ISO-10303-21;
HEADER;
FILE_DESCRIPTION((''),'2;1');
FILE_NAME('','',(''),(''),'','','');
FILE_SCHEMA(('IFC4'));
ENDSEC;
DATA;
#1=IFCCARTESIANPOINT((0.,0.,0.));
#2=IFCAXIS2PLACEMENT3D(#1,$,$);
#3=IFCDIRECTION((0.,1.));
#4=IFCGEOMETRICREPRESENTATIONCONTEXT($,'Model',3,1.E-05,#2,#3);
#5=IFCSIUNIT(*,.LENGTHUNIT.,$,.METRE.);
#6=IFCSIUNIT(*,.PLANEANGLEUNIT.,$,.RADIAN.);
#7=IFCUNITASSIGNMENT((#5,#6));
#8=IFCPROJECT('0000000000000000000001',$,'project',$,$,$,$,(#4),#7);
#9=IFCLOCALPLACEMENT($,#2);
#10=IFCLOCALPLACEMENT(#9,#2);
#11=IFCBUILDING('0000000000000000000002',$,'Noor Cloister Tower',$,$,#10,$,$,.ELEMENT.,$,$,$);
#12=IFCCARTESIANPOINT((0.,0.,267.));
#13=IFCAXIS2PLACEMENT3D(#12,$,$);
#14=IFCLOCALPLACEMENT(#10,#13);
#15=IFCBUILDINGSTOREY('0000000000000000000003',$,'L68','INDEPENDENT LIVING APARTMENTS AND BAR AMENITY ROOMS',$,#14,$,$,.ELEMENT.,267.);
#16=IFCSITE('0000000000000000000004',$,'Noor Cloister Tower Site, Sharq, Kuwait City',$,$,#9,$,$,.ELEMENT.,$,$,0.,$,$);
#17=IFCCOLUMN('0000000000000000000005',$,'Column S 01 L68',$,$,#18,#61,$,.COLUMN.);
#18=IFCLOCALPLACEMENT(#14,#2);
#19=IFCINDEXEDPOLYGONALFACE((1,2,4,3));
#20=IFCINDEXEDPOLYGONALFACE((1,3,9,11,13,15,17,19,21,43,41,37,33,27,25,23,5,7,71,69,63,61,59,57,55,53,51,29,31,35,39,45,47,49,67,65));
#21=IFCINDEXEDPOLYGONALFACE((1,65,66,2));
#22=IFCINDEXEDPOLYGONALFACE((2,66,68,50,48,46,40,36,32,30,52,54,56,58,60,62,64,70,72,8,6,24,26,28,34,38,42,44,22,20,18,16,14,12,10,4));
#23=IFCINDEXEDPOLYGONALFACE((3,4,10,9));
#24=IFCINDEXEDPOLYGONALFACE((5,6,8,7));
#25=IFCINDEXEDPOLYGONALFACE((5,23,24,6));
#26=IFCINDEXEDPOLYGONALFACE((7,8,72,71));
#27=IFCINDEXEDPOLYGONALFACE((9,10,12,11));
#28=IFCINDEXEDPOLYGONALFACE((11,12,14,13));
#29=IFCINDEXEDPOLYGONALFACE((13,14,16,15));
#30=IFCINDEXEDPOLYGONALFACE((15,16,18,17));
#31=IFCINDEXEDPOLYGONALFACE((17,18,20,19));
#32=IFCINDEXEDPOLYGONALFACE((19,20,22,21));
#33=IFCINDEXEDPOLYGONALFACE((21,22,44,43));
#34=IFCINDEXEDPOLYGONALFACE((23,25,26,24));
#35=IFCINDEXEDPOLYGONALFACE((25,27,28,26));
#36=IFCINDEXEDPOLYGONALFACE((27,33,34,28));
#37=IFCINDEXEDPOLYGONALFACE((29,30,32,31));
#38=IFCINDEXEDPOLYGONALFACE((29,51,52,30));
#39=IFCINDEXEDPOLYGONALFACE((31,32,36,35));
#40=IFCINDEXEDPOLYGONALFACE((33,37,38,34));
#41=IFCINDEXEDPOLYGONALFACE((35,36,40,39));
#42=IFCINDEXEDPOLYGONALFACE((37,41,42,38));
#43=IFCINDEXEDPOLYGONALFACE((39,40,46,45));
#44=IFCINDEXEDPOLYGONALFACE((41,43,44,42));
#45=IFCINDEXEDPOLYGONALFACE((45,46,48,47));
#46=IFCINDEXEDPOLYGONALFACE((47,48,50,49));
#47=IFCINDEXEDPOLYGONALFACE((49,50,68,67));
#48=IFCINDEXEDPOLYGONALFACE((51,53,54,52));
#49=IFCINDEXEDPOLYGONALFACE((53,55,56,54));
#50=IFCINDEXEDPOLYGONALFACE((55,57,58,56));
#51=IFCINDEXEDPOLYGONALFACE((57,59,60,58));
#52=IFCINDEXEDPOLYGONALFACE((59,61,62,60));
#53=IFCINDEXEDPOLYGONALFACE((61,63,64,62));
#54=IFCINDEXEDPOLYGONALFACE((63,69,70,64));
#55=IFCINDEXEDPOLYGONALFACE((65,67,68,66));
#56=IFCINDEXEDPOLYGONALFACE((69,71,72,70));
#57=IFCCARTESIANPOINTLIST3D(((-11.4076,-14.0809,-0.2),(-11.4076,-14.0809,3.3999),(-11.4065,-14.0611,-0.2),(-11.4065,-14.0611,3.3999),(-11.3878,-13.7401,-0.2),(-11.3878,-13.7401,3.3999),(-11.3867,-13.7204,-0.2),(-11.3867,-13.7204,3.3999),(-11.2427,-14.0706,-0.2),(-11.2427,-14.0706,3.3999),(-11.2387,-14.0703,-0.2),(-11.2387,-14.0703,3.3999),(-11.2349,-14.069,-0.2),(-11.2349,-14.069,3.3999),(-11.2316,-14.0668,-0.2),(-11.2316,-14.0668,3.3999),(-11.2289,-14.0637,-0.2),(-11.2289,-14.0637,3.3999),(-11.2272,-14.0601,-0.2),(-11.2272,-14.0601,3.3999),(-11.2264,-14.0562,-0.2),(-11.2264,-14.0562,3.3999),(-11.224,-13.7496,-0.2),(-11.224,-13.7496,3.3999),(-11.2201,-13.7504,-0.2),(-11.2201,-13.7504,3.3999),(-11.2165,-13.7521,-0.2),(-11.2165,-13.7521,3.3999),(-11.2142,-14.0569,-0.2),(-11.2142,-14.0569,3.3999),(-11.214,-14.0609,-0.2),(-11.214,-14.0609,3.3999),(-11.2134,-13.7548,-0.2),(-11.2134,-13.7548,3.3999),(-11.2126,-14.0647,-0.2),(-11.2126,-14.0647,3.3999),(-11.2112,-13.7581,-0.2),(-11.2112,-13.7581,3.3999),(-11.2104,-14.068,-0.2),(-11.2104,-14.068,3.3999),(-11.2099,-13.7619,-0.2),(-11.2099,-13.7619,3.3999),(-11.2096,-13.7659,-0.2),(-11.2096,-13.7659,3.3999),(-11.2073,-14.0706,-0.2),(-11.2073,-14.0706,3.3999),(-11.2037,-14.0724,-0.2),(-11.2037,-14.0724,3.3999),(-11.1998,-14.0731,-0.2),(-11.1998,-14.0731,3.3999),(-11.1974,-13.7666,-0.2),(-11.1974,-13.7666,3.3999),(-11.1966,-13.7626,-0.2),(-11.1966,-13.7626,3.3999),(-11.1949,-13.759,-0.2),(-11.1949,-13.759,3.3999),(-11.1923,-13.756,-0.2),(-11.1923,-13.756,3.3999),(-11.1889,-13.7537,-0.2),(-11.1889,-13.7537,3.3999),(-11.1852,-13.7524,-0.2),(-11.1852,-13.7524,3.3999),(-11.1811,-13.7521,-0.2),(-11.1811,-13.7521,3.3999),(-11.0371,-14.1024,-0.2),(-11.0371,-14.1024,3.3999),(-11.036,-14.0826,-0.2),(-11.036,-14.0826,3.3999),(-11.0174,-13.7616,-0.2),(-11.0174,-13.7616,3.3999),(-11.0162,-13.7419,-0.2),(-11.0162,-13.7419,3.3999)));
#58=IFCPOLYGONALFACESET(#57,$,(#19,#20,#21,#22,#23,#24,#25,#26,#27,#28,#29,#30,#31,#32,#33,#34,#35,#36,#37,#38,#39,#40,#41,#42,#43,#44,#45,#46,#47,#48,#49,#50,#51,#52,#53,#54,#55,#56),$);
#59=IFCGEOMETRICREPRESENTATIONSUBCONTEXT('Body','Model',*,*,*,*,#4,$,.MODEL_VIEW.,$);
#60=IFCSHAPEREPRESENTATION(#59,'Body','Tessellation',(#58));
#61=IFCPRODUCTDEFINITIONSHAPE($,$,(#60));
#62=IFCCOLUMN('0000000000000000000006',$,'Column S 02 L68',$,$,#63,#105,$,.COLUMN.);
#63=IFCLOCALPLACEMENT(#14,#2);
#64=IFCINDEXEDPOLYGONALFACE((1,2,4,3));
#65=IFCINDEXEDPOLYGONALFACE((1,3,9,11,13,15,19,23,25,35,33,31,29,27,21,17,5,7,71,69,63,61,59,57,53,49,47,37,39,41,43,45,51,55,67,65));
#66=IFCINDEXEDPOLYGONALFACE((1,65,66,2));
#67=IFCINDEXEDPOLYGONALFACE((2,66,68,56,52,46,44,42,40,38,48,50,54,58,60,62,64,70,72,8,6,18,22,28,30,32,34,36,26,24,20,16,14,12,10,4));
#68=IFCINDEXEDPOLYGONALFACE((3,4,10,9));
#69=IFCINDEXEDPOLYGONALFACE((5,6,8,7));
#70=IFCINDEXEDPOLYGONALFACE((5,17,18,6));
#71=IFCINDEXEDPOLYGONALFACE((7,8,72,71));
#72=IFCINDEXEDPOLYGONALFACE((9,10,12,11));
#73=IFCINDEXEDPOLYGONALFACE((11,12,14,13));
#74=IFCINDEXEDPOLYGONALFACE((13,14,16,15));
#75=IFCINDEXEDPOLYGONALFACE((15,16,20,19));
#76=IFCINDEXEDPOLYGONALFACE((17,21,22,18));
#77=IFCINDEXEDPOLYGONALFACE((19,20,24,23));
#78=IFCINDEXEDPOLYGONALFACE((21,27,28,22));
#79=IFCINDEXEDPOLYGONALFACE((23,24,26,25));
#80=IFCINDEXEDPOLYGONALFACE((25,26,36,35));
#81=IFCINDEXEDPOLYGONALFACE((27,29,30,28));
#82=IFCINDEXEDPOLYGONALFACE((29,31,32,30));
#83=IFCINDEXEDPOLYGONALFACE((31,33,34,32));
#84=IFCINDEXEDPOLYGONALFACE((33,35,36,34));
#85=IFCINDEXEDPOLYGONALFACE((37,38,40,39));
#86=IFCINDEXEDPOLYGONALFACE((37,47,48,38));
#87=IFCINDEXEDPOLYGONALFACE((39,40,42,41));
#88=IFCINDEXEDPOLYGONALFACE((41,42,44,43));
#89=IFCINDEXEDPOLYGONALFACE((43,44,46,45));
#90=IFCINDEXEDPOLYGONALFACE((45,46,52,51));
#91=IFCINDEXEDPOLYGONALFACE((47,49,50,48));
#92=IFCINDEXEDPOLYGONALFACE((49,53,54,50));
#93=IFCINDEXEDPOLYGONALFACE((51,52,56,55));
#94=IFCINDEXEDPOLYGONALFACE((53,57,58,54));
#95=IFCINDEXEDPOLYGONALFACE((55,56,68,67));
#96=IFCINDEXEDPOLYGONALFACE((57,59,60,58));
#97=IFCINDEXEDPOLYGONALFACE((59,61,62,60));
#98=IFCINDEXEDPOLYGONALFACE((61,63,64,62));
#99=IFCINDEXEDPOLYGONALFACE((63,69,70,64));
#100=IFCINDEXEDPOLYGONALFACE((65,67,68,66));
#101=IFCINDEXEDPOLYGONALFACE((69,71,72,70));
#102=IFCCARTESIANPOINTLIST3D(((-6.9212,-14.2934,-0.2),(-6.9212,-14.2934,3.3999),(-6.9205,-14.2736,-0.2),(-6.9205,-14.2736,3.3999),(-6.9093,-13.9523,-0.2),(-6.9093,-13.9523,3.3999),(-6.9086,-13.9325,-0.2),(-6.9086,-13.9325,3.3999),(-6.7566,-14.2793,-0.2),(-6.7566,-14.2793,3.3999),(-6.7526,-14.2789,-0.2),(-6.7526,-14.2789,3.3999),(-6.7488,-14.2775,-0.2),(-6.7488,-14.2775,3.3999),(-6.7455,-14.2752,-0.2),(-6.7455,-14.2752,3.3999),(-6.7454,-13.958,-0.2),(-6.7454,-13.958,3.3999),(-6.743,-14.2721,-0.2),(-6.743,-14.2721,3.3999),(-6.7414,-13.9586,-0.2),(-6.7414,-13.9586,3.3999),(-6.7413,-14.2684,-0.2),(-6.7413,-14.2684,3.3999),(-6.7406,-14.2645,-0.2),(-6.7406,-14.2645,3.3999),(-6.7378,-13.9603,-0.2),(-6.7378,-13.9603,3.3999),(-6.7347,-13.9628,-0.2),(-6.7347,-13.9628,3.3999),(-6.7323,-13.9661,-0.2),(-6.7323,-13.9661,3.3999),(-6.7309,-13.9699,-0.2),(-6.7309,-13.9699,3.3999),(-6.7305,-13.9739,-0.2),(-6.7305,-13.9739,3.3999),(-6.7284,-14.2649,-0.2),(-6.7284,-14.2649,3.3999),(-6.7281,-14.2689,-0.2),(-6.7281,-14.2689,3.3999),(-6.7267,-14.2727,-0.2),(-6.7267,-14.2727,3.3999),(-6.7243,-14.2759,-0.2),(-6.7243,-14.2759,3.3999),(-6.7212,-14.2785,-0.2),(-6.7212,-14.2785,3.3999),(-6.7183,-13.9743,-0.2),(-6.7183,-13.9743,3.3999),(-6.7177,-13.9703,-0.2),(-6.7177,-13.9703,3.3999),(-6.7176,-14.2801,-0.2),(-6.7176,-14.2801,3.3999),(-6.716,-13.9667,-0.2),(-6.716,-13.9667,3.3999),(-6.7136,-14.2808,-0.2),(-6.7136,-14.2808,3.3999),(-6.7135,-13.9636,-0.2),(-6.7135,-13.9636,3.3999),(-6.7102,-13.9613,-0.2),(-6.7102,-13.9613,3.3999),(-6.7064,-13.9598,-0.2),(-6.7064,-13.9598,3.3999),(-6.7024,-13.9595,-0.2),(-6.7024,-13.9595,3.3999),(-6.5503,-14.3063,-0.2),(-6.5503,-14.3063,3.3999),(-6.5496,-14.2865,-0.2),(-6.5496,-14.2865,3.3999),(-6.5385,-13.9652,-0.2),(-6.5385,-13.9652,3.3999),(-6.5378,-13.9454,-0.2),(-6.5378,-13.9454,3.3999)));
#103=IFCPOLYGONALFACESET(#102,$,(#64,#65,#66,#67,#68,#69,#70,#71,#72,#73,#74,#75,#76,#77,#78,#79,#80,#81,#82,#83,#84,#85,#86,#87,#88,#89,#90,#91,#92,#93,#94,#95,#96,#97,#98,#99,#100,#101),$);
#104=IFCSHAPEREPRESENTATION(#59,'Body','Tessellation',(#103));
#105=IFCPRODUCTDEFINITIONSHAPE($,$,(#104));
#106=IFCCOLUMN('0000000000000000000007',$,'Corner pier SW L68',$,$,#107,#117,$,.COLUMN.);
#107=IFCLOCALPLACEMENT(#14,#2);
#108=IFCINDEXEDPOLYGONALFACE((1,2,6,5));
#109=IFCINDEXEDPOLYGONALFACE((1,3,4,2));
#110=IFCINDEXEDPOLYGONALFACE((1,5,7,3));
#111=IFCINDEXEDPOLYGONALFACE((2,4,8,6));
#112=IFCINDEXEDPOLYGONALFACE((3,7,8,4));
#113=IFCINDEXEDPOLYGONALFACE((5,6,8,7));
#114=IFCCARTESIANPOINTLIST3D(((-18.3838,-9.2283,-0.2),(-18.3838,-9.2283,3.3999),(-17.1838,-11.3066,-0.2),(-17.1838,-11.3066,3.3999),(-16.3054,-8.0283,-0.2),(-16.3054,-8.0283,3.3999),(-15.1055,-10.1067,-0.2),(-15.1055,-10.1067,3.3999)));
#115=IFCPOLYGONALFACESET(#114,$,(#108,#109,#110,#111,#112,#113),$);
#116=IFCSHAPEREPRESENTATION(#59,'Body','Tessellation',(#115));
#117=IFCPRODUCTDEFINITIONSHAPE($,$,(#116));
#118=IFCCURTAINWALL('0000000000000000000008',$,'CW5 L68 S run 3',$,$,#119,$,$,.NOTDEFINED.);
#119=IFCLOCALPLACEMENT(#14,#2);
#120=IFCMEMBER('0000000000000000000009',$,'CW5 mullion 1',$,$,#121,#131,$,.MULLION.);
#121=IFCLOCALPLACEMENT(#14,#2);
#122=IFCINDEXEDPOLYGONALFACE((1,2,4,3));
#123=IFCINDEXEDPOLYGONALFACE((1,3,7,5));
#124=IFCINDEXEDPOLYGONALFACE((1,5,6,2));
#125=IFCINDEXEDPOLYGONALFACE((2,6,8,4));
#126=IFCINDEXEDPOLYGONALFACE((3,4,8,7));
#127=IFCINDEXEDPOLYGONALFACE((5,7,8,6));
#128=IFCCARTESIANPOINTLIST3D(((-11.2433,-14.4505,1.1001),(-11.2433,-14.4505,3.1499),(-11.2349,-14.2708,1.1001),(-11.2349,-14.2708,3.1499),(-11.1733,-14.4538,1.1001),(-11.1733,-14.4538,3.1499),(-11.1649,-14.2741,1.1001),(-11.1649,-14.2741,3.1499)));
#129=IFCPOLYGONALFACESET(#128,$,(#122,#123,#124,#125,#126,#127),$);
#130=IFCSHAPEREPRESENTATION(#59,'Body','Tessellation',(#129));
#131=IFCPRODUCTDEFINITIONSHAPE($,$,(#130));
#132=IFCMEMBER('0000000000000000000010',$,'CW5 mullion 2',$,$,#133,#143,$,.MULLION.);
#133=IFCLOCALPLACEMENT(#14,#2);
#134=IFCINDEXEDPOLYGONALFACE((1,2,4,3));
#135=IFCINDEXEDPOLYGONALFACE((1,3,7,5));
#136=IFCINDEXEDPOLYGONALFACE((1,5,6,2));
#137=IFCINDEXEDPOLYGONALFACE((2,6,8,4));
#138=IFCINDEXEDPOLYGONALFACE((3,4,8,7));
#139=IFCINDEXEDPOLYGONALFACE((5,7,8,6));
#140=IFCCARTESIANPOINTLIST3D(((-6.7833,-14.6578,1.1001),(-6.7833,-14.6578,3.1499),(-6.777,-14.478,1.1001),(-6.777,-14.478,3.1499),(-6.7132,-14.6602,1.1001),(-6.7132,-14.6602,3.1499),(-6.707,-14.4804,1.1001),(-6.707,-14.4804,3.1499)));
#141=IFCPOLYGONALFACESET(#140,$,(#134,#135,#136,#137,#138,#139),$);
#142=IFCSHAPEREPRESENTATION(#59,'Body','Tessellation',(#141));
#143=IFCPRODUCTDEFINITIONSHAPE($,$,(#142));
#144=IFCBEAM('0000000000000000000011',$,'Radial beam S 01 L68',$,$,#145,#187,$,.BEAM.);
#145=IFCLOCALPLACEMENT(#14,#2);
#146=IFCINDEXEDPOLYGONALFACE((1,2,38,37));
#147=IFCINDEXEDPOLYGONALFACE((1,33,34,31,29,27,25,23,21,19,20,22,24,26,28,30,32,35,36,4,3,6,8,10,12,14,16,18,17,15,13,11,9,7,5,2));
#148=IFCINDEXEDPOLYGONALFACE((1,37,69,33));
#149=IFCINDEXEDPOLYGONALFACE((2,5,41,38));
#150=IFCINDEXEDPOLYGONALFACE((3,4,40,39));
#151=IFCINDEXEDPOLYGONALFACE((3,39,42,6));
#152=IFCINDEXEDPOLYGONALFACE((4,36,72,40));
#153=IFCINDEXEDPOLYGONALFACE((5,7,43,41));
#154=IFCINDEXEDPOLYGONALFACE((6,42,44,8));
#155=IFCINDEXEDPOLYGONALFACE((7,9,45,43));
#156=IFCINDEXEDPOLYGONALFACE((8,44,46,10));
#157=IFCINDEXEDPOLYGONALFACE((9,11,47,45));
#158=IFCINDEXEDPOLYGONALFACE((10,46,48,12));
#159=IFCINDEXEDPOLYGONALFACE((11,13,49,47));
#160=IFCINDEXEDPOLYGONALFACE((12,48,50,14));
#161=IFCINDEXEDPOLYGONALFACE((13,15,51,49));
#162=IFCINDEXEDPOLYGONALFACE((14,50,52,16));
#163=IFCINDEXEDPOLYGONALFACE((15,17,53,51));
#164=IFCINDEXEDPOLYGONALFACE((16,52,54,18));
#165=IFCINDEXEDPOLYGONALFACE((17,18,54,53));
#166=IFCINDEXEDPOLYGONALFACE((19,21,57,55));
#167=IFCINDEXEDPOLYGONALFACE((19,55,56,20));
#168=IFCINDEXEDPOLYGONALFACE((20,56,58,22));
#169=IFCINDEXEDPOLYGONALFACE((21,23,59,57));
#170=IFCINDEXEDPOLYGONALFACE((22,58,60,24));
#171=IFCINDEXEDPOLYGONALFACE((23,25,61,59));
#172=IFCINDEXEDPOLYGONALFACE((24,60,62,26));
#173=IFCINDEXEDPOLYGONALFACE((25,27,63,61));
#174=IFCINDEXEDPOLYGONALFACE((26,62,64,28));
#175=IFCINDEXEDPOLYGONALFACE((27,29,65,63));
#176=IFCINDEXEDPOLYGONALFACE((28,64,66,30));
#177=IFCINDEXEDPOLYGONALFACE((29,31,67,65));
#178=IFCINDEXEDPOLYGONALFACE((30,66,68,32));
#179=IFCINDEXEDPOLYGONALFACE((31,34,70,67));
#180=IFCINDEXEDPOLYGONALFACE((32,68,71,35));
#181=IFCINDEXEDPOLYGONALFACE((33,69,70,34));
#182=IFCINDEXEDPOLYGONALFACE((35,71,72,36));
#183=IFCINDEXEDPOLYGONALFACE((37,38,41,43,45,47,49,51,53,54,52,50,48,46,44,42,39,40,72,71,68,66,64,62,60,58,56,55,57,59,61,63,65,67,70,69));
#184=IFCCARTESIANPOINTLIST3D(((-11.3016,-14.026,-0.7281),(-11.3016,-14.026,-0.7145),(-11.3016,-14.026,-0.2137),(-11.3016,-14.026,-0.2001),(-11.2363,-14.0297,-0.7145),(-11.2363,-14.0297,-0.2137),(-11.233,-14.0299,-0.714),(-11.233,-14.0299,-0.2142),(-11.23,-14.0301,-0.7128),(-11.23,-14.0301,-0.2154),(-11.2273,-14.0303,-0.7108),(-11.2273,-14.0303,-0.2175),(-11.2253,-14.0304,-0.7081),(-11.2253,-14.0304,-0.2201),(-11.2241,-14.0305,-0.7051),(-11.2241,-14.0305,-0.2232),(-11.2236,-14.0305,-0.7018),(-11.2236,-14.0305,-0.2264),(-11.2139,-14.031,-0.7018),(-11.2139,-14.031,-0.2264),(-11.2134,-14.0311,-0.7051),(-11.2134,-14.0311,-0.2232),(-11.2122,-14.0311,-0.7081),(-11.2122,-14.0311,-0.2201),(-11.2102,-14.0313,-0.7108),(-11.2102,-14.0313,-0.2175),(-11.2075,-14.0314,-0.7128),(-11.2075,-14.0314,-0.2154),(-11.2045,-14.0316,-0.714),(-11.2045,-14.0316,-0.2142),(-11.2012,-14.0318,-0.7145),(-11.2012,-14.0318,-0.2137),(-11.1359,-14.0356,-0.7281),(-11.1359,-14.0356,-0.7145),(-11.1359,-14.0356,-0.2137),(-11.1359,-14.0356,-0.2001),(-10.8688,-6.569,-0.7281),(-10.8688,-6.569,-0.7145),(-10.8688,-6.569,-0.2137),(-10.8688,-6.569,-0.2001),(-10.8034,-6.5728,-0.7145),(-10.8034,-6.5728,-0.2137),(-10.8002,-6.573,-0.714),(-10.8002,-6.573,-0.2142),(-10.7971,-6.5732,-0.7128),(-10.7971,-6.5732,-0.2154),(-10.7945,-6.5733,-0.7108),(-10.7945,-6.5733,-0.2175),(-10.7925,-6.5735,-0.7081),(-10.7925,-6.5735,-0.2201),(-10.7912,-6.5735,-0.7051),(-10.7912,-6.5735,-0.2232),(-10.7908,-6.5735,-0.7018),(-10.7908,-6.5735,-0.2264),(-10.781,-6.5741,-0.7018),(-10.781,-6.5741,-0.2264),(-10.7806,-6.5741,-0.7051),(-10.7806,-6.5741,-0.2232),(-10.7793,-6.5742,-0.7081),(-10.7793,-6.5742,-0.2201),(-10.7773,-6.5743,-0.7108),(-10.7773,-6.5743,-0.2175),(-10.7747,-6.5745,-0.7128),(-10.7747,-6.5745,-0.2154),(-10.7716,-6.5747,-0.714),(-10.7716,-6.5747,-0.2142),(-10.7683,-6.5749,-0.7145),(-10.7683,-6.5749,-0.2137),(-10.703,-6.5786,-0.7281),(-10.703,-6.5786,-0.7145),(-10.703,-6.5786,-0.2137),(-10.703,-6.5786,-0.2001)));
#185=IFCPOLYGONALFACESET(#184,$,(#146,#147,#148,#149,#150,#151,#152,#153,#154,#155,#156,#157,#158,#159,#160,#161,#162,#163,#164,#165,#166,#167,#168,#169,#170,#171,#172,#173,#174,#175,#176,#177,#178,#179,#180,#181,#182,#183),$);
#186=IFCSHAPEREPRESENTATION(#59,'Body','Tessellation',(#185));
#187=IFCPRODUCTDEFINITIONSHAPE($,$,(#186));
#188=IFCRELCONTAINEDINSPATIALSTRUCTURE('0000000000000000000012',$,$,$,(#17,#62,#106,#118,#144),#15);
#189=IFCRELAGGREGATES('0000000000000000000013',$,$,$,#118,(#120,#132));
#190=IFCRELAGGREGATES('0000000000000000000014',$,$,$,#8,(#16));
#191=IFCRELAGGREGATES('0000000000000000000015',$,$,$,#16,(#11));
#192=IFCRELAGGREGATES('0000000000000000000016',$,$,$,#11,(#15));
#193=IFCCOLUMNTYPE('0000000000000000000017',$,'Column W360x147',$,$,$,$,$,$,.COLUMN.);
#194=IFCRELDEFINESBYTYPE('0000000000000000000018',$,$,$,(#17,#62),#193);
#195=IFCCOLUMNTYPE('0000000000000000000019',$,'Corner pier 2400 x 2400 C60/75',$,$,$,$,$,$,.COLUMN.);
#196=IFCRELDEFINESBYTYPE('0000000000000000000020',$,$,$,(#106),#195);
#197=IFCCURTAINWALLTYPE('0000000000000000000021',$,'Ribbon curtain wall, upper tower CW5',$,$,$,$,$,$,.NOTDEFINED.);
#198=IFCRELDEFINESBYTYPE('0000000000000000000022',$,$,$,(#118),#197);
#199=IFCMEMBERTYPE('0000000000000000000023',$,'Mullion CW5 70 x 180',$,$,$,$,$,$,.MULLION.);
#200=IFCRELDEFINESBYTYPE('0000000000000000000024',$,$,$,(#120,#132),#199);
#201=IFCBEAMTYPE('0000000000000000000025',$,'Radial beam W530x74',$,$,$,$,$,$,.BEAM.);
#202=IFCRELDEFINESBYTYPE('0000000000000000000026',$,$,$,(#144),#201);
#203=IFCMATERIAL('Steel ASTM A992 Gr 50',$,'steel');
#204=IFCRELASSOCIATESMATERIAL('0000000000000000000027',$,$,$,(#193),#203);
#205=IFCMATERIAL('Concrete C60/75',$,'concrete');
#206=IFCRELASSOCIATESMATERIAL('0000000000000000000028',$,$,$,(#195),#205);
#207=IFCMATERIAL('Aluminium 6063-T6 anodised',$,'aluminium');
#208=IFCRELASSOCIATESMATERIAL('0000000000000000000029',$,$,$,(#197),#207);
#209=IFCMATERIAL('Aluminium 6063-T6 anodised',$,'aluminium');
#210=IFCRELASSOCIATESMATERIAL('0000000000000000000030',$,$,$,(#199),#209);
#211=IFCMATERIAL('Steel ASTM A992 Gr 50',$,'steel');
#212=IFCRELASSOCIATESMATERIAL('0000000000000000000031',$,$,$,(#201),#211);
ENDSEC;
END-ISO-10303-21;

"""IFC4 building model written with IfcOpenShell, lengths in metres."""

from ifc_helpers import new_model, si_unit, direction, frame, origin, origin_2d, place, context, subcontext, project, spatial, rectangle, i_section, extrude, material, material_profile, profile_set, type_object, element, aggregate, save


model = new_model("IFC4")

# Units and contexts
model_context = context("Model", 3, precision=1e-05, world=origin(), true_north=direction((0.0, 1.0)))
body_context = subcontext(model_context, "Body", "Model", "MODEL_VIEW")
ifc_project = project(units=[si_unit("LENGTHUNIT", "METRE"), si_unit("PLANEANGLEUNIT", "RADIAN")], contexts=[model_context])

# Site, building, storey
site_placement = place(None, origin())
site = spatial("IfcSite", under=ifc_project, at=site_placement, Name="Noor Cloister Tower Site, Sharq, Kuwait City", CompositionType="ELEMENT", RefElevation=0.0)
building_placement = place(site_placement, origin())
building = spatial("IfcBuilding", under=site, at=building_placement, Name="Noor Cloister Tower", CompositionType="ELEMENT")
storey_placement = place(building_placement, frame((0.0, 0.0, 267.0)))
storey = spatial("IfcBuildingStorey", under=building, at=storey_placement, Name="L68", Description="INDEPENDENT LIVING APARTMENTS AND BAR AMENITY ROOMS", CompositionType="ELEMENT", Elevation=267.0)

# Columns
ifc_material_1 = material(Name="Steel ASTM A992 Gr 50", Category="steel")
ifc_material_profile_1 = material_profile(ifc_material_1, i_section(OverallWidth=0.3711, OverallDepth=0.3611, WebThickness=0.0122, FlangeThickness=0.0198, FilletRadius=0.0154, at=origin_2d()), Name="W360x147")
ifc_profile_set_1 = profile_set([ifc_material_profile_1], Name="Steel ASTM A992 Gr 50")
column_type_1 = type_object("IfcColumnType", Name="Column W360x147", PredefinedType="COLUMN", material=ifc_profile_set_1)
for number, where, z_axis, x_axis, name in (
    (1, (-11.2119, -13.9114, -0.2), (0.0, 0.0, 1.0), (0.99832, -0.057948, 0.0), "Column S 01 L68"),
    (2, (-6.7295, -14.1194, -0.2), (0.0, 0.0, 1.0), (0.999395, -0.034782, 0.0), "Column S 02 L68"),
):
    element("IfcColumn", number, at=place(storey_placement, frame(where, z_axis=z_axis, x_axis=x_axis)), inside=storey, type_object=column_type_1, Name=name, PredefinedType="COLUMN", context=body_context, shape_type="SweptSolid", body=[
        extrude(i_section(OverallWidth=0.3711, OverallDepth=0.3611, WebThickness=0.0122, FlangeThickness=0.0198, FilletRadius=0.0154, at=origin_2d()), origin(), (0.0, 0.0, 1.0), 3.5999),
    ])
ifc_material_2 = material(Name="Concrete C60/75", Category="concrete")
ifc_material_profile_2 = material_profile(ifc_material_2, rectangle(XDim=2.3999, YDim=2.3999, at=origin_2d()), Name="RC 2400x2400")
ifc_profile_set_2 = profile_set([ifc_material_profile_2], Name="Concrete C60/75")
column_type_2 = type_object("IfcColumnType", Name="Corner pier 2400 x 2400 C60/75", PredefinedType="COLUMN", material=ifc_profile_set_2)
column_placement = place(storey_placement, frame((-16.7446, -9.6675, -0.2), z_axis=(0.0, 0.0, 1.0), x_axis=(-0.866025, -0.5, 0.0)))
element("IfcColumn", 3, at=column_placement, inside=storey, type_object=column_type_2, Name="Corner pier SW L68", PredefinedType="COLUMN", context=body_context, shape_type="SweptSolid", body=[
    extrude(rectangle(XDim=2.3999, YDim=2.3999, at=origin_2d()), origin(), (0.0, 0.0, 1.0), 3.5999),
])

# Curtain wall, members
ifc_material_3 = material(Name="Aluminium 6063-T6 anodised", Category="aluminium")
curtain_wall_type = type_object("IfcCurtainWallType", Name="Ribbon curtain wall, upper tower CW5", PredefinedType="NOTDEFINED", material=ifc_material_3)
curtain_wall_placement = place(storey_placement, origin())
curtain_wall = element("IfcCurtainWall", 4, at=curtain_wall_placement, inside=storey, type_object=curtain_wall_type, Name="CW5 L68 S run 3", PredefinedType="NOTDEFINED")
ifc_material_4 = material(Name="Aluminium 6063-T6 anodised", Category="aluminium")
ifc_material_profile_3 = material_profile(ifc_material_4, rectangle(XDim=0.1799, YDim=0.0701, at=origin_2d()), Name="180 x 70 mullion")
ifc_profile_set_3 = profile_set([ifc_material_profile_3], Name="Aluminium 6063-T6 anodised")
member_type = type_object("IfcMemberType", Name="Mullion CW5 70 x 180", PredefinedType="MULLION", material=ifc_profile_set_3)
member_1_placement = place(storey_placement, frame((-11.2041, -14.3623, 1.1001), z_axis=(0.0, 0.0, 1.0), x_axis=(0.046368, 0.998924, 0.0)))
member_1 = element("IfcMember", 5, at=member_1_placement, type_object=member_type, Name="CW5 mullion 1", PredefinedType="MULLION", context=body_context, shape_type="SweptSolid", body=[
    extrude(rectangle(XDim=0.1799, YDim=0.0701, at=origin_2d()), origin(), (0.0, 0.0, 1.0), 2.0498),
])
member_2_placement = place(storey_placement, frame((-6.7451, -14.5691, 1.1001), z_axis=(0.0, 0.0, 1.0), x_axis=(0.034782, 0.999395, 0.0)))
member_2 = element("IfcMember", 6, at=member_2_placement, type_object=member_type, Name="CW5 mullion 2", PredefinedType="MULLION", context=body_context, shape_type="SweptSolid", body=[
    extrude(rectangle(XDim=0.1799, YDim=0.0701, at=origin_2d()), origin(), (0.0, 0.0, 1.0), 2.0498),
])

# Beam
ifc_material_5 = material(Name="Steel ASTM A992 Gr 50", Category="steel")
ifc_material_profile_4 = material_profile(ifc_material_5, i_section(OverallWidth=0.166, OverallDepth=0.5281, WebThickness=0.0098, FlangeThickness=0.0137, FilletRadius=0.0127, at=origin_2d()), Name="W530x74")
ifc_profile_set_4 = profile_set([ifc_material_profile_4], Name="Steel ASTM A992 Gr 50")
beam_type_1 = type_object("IfcBeamType", Name="Radial beam W530x74", PredefinedType="BEAM", material=ifc_profile_set_4)
beam_1_placement = place(storey_placement, frame((-11.2188, -14.0308, -0.4641), z_axis=(0.05795, 0.998319, 0.0), x_axis=(-0.998319, 0.05795, 0.0)))
element("IfcBeam", 7, at=beam_1_placement, inside=storey, type_object=beam_type_1, Name="Radial beam S 01 L68", PredefinedType="BEAM", context=body_context, shape_type="SweptSolid", body=[
    extrude(i_section(OverallWidth=0.166, OverallDepth=0.5281, WebThickness=0.0098, FlangeThickness=0.0137, FilletRadius=0.0127, at=origin_2d()), origin(), (0.0, 0.0, 1.0), 7.4695),
])

aggregate(curtain_wall, [member_1, member_2])

save(model, "model.ifc")
